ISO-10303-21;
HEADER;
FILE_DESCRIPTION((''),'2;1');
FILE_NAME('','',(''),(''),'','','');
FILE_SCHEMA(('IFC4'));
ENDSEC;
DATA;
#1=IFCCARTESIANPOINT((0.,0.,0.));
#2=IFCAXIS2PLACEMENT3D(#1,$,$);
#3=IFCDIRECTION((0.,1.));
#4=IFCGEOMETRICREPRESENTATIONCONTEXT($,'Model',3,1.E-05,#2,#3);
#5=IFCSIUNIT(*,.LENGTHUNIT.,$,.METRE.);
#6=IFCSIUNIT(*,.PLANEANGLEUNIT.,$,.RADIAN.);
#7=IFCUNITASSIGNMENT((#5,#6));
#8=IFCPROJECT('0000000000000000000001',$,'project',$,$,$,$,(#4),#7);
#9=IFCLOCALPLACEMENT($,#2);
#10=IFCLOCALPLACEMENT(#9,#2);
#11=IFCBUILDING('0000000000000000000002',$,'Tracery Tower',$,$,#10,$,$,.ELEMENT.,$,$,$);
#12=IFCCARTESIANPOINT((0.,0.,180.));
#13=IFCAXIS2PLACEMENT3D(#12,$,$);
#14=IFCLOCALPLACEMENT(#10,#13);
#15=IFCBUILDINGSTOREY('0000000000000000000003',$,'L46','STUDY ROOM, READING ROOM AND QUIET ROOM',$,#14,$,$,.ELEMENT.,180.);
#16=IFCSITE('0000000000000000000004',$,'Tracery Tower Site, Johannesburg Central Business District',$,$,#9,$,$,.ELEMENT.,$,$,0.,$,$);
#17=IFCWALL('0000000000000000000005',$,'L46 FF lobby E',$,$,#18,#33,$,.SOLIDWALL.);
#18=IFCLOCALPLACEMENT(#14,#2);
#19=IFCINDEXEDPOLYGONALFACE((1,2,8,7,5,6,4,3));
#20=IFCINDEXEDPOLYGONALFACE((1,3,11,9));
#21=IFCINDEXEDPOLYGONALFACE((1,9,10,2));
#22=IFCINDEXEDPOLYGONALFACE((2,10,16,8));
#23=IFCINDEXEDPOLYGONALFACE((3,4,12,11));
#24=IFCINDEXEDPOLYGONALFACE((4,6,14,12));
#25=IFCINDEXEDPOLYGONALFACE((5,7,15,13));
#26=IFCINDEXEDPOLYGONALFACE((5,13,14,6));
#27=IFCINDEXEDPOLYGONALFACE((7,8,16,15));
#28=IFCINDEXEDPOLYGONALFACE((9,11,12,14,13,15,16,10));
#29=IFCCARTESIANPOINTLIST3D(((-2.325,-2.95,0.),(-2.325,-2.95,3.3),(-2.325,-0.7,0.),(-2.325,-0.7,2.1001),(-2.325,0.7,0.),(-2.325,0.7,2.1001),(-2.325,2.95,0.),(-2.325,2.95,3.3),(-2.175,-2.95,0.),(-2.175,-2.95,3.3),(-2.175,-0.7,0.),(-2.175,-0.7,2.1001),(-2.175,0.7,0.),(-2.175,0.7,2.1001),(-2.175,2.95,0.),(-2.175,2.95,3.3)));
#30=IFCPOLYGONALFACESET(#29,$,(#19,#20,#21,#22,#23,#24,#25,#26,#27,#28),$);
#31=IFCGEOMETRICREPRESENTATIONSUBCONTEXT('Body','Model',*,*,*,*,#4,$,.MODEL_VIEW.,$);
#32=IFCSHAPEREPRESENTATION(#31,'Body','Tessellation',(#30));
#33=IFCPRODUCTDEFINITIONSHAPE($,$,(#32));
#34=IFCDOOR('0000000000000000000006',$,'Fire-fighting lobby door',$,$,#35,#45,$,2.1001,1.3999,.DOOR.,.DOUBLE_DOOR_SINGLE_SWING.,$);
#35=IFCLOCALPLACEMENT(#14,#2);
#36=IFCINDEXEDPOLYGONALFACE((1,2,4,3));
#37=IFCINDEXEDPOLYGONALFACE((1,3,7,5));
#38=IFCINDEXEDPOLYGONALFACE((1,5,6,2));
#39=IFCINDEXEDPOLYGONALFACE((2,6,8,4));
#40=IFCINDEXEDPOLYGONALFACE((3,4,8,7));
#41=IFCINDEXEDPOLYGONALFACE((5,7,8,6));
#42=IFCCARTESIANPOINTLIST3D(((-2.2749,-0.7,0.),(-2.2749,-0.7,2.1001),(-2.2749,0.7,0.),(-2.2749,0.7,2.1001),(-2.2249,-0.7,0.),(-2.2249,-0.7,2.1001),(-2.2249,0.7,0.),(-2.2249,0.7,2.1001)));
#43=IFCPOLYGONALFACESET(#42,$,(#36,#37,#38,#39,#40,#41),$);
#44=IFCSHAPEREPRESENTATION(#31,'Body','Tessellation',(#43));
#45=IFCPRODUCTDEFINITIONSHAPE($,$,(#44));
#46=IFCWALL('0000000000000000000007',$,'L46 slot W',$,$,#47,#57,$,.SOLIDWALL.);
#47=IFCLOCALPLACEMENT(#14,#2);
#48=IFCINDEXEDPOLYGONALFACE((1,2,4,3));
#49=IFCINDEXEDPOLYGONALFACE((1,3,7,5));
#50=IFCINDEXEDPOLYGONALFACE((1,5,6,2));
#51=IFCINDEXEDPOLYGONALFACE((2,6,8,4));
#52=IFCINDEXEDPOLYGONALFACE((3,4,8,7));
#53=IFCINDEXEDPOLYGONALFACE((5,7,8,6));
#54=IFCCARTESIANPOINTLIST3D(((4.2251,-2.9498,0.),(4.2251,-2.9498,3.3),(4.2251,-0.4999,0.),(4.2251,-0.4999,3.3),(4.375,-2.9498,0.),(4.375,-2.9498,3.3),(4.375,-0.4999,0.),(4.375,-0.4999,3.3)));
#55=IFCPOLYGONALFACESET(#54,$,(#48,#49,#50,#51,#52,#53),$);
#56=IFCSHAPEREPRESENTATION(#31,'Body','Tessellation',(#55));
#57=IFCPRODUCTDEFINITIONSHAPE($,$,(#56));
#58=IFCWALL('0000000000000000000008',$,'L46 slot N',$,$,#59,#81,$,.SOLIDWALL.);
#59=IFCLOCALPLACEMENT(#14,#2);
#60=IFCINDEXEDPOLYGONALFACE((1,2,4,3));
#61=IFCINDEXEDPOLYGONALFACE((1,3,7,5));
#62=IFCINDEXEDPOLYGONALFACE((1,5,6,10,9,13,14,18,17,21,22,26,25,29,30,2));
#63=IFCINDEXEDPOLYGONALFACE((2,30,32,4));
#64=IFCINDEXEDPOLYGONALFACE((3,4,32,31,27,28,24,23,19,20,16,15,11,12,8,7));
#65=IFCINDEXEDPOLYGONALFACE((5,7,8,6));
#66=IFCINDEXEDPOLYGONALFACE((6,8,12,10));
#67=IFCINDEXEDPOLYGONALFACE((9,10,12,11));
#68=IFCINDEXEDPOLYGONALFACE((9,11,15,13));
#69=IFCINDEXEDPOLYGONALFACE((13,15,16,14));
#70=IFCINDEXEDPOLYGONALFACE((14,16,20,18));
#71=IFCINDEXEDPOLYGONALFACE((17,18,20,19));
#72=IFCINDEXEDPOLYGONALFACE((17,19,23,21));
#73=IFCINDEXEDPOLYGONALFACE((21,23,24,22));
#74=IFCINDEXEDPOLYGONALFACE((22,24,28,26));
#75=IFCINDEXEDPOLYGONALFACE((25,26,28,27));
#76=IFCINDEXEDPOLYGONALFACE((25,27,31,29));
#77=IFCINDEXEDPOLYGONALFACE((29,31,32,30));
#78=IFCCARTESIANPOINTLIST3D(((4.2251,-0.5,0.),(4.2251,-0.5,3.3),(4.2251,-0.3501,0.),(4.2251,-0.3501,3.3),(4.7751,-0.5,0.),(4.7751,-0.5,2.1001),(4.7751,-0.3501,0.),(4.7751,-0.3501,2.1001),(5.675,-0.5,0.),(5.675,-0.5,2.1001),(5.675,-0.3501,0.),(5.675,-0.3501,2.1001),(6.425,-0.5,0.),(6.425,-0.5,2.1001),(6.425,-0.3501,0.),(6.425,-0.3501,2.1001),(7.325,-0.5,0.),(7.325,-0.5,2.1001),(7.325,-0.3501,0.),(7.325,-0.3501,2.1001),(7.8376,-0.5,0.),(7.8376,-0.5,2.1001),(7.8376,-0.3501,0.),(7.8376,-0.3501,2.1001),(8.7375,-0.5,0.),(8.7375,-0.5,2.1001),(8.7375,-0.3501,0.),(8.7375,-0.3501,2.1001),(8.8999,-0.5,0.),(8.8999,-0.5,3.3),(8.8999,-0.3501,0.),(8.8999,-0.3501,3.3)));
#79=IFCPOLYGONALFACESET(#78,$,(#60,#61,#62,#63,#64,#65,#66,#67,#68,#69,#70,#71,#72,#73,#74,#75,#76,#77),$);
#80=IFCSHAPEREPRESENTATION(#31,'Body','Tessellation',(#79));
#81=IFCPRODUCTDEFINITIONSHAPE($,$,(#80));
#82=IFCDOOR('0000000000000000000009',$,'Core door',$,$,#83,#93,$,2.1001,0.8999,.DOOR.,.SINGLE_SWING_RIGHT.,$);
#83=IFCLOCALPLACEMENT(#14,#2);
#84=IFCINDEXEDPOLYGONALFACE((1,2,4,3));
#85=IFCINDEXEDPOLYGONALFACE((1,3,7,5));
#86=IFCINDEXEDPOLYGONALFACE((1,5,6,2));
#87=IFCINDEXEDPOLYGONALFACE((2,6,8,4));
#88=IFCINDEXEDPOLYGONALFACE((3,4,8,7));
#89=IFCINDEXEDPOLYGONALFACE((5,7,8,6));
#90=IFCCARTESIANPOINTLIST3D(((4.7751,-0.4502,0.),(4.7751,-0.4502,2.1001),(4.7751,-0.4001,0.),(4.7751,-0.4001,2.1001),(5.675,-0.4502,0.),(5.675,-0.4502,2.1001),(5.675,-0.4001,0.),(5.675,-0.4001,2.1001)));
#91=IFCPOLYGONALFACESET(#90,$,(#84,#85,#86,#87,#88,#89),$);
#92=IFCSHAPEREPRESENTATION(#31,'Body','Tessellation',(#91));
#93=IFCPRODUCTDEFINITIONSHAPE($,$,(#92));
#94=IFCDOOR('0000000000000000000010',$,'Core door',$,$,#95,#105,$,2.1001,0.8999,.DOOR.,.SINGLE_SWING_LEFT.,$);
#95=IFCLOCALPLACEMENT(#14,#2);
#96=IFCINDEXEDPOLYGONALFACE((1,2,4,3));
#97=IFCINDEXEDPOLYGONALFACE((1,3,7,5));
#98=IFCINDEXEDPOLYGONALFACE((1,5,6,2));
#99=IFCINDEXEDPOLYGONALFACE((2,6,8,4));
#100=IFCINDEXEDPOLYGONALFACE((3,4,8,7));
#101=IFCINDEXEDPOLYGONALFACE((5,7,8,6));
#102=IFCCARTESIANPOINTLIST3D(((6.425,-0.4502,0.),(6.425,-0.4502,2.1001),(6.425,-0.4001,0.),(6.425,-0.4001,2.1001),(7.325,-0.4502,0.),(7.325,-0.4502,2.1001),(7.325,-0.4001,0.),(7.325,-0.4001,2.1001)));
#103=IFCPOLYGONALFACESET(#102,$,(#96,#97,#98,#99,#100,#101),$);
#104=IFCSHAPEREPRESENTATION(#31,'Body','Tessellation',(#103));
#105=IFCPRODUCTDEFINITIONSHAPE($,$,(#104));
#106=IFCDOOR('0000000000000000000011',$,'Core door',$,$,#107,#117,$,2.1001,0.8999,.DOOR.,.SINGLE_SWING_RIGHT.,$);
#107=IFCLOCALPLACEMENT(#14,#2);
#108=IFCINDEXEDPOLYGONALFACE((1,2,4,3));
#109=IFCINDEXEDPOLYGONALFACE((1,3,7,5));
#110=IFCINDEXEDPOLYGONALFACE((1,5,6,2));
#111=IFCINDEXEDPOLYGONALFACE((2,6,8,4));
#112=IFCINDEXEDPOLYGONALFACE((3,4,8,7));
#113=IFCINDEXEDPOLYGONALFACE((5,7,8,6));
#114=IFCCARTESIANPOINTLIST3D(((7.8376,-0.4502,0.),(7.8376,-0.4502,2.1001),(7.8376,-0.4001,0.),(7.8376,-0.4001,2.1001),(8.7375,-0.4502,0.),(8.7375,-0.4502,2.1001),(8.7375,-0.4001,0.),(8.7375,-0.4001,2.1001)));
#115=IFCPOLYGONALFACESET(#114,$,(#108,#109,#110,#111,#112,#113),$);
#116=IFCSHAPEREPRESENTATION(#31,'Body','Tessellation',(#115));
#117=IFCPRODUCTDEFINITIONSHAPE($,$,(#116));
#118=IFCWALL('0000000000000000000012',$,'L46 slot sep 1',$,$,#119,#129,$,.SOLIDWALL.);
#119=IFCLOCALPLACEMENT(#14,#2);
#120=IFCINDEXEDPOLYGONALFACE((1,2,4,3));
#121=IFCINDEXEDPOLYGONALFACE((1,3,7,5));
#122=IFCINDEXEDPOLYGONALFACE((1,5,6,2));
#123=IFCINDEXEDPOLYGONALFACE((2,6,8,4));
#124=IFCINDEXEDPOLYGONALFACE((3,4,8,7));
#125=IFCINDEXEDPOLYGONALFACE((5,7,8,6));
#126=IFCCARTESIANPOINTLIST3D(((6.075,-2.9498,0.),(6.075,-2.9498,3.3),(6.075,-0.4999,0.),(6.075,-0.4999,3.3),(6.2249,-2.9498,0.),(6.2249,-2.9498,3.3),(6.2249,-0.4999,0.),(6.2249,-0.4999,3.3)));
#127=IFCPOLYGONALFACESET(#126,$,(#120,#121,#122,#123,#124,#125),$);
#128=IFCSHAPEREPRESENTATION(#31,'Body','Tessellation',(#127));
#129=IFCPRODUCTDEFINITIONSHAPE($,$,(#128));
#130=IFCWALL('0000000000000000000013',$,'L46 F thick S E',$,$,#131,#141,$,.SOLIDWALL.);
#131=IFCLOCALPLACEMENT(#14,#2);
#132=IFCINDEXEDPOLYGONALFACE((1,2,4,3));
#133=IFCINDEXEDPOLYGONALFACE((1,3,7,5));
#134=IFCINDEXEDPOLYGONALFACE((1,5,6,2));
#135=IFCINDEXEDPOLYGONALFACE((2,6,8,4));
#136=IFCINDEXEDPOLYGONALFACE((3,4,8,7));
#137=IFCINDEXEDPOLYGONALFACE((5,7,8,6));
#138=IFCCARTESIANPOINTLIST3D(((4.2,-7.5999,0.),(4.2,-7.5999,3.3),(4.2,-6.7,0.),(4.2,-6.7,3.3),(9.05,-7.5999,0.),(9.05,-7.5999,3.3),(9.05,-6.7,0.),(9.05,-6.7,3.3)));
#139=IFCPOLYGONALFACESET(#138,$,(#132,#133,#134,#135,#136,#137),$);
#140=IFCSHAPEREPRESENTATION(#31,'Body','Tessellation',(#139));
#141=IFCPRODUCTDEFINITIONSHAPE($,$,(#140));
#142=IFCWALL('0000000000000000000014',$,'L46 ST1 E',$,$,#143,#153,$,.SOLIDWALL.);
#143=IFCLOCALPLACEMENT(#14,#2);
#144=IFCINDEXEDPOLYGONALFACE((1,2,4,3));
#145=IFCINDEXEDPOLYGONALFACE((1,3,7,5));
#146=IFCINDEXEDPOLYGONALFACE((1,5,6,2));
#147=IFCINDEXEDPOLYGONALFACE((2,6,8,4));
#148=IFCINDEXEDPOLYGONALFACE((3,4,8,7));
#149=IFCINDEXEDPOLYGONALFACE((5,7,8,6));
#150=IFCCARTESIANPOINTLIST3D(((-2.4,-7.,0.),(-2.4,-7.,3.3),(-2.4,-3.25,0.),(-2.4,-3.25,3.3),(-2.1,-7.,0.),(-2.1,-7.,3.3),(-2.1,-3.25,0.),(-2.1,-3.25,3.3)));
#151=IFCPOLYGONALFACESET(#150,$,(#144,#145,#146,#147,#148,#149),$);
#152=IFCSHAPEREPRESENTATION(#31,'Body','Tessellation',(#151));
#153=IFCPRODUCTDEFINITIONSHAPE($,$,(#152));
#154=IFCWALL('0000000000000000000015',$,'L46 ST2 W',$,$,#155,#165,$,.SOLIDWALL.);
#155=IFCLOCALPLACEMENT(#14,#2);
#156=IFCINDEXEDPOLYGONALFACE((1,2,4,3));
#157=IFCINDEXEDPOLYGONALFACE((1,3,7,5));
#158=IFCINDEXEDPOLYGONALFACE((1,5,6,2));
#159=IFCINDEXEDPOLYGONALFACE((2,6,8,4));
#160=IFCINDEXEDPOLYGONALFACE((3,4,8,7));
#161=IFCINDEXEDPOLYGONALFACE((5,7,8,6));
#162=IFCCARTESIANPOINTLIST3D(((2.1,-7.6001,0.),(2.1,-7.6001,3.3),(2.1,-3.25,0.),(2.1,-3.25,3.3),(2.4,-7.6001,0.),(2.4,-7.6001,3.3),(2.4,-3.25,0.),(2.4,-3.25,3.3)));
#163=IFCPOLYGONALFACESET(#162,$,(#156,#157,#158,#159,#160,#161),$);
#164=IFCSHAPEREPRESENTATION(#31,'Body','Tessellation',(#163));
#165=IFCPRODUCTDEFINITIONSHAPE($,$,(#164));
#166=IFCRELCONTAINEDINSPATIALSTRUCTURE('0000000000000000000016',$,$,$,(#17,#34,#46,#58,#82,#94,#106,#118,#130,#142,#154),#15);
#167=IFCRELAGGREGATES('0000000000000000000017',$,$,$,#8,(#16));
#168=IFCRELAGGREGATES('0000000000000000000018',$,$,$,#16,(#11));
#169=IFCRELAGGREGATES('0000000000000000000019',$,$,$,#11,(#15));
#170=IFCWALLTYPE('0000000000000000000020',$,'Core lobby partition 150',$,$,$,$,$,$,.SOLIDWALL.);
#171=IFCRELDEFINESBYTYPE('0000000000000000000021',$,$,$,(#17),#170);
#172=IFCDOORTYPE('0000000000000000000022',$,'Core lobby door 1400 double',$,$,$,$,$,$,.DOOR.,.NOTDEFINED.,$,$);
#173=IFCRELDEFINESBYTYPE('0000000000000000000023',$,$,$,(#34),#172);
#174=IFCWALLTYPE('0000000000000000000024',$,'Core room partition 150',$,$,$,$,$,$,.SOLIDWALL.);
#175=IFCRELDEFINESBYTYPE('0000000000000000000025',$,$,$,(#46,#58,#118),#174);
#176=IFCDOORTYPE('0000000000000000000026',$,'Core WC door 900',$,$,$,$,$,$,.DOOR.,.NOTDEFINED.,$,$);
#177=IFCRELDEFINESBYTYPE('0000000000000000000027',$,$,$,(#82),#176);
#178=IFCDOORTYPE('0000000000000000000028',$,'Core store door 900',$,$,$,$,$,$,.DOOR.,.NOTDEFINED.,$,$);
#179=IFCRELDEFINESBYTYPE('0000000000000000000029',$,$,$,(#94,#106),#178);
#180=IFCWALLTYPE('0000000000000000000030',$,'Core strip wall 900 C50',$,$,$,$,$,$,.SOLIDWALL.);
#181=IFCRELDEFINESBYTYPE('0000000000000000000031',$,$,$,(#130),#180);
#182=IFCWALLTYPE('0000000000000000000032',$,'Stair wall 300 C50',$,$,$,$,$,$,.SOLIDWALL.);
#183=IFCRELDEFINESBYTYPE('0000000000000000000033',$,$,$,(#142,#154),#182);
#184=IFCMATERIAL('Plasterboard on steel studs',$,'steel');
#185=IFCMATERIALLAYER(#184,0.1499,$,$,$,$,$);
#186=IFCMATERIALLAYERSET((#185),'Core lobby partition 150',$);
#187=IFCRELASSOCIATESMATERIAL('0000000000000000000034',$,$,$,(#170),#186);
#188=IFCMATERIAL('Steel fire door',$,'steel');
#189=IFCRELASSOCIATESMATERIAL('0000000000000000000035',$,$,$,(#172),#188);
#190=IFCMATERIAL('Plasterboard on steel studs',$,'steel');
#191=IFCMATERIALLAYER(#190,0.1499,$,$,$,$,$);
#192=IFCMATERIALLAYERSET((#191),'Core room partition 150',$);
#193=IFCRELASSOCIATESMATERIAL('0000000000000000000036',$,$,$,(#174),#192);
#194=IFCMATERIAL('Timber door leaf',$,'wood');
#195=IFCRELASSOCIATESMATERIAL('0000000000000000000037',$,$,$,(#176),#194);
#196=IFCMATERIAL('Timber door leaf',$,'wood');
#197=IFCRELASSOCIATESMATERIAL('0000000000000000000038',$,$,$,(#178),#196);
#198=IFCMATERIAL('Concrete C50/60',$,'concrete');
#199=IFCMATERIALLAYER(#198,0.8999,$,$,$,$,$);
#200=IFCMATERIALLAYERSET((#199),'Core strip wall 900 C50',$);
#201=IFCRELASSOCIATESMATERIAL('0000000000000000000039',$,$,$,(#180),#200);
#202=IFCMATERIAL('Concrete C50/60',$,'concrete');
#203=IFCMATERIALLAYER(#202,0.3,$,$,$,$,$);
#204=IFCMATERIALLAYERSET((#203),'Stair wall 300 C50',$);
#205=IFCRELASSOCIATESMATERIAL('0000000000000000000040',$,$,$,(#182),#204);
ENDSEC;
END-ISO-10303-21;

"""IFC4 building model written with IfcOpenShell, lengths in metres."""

from ifc_helpers import new_model, si_unit, direction, frame, frame_2d, origin, place, context, subcontext, project, spatial, rectangle, extrude, material, layer, layer_set, type_object, element, fill, save


model = new_model("IFC4")

# Units and contexts
model_context = context("Model", 3, precision=1e-05, world=origin(), true_north=direction((0.0, 1.0)))
body_context = subcontext(model_context, "Body", "Model", "MODEL_VIEW")
ifc_project = project(units=[si_unit("LENGTHUNIT", "METRE"), si_unit("PLANEANGLEUNIT", "RADIAN")], contexts=[model_context])

# Site, building, storey
site_placement = place(None, origin())
site = spatial("IfcSite", under=ifc_project, at=site_placement, Name="Tracery Tower Site, Johannesburg Central Business District", CompositionType="ELEMENT", RefElevation=0.0)
building_placement = place(site_placement, origin())
building = spatial("IfcBuilding", under=site, at=building_placement, Name="Tracery Tower", CompositionType="ELEMENT")
storey_placement = place(building_placement, frame((0.0, 0.0, 180.0)))
storey = spatial("IfcBuildingStorey", under=building, at=storey_placement, Name="L46", Description="STUDY ROOM, READING ROOM AND QUIET ROOM", CompositionType="ELEMENT", Elevation=180.0)

# Wall, opening, door
ifc_material_1 = material(Name="Plasterboard on steel studs", Category="steel")
ifc_layer_1 = layer(ifc_material_1, 0.1499)
ifc_layer_set_1 = layer_set([ifc_layer_1], Name="Core lobby partition 150")
wall_type_1 = type_object("IfcWallType", Name="Core lobby partition 150", PredefinedType="SOLIDWALL", material=ifc_layer_set_1)
wall_1_placement = place(storey_placement, frame((-2.25, -2.95, 0.0), z_axis=(0.0, 0.0, 1.0), x_axis=(0.0, 1.0, 0.0)))
wall_1 = element("IfcWall", 1, at=wall_1_placement, inside=storey, type_object=wall_type_1, Name="L46 FF lobby E", PredefinedType="SOLIDWALL", context=body_context, shape_type="SweptSolid", body=[
    extrude(rectangle(XDim=5.8999, YDim=0.1499, at=frame_2d((2.95, 0.0))), origin(), (0.0, 0.0, 1.0), 3.3),
])
opening_1_placement = place(wall_1_placement, frame((2.25, 0.0, 0.0)))
opening_1 = element("IfcOpeningElement", 2, at=opening_1_placement, cuts=wall_1, PredefinedType="OPENING", context=body_context, shape_type="SweptSolid", body=[
    extrude(rectangle(XDim=1.3999, YDim=2.1001, at=frame_2d((0.7, 1.05))), frame((0.0, 0.075, 0.0), z_axis=(0.0, -1.0, 0.0), x_axis=(1.0, 0.0, 0.0)), (0.0, 0.0, 1.0), 0.1499),
])
ifc_material_2 = material(Name="Steel fire door", Category="steel")
door_type_1 = type_object("IfcDoorType", Name="Core lobby door 1400 double", OperationType="NOTDEFINED", PredefinedType="DOOR", material=ifc_material_2)
door_1_placement = place(opening_1_placement, origin())
door_1 = element("IfcDoor", 3, at=door_1_placement, inside=storey, type_object=door_type_1, Name="Fire-fighting lobby door", OperationType="DOUBLE_DOOR_SINGLE_SWING", OverallHeight=2.1001, OverallWidth=1.3999, PredefinedType="DOOR", context=body_context, shape_type="SweptSolid", body=[
    extrude(rectangle(XDim=1.3999, YDim=2.1001, at=frame_2d((0.7, 1.05))), frame((0.0, 0.0249, 0.0), z_axis=(0.0, -1.0, 0.0), x_axis=(1.0, 0.0, 0.0)), (0.0, 0.0, 1.0), 0.05),
])
fill(opening_1, door_1)

# Wall
ifc_material_3 = material(Name="Plasterboard on steel studs", Category="steel")
ifc_layer_2 = layer(ifc_material_3, 0.1499)
ifc_layer_set_2 = layer_set([ifc_layer_2], Name="Core room partition 150")
wall_type_2 = type_object("IfcWallType", Name="Core room partition 150", PredefinedType="SOLIDWALL", material=ifc_layer_set_2)
wall_2_placement = place(storey_placement, frame((4.3, -2.95, 0.0), z_axis=(0.0, 0.0, 1.0), x_axis=(0.0, 1.0, 0.0)))
element("IfcWall", 4, at=wall_2_placement, inside=storey, type_object=wall_type_2, Name="L46 slot W", PredefinedType="SOLIDWALL", context=body_context, shape_type="SweptSolid", body=[
    extrude(rectangle(XDim=2.45, YDim=0.1499, at=frame_2d((1.2251, 0.0))), origin(), (0.0, 0.0, 1.0), 3.3),
])

# Wall, openings, doors
wall_3_placement = place(storey_placement, frame((4.2251, -0.425, 0.0), z_axis=(0.0, 0.0, 1.0), x_axis=(1.0, 0.0, 0.0)))
wall_3 = element("IfcWall", 5, at=wall_3_placement, inside=storey, type_object=wall_type_2, Name="L46 slot N", PredefinedType="SOLIDWALL", context=body_context, shape_type="SweptSolid", body=[
    extrude(rectangle(XDim=4.6748, YDim=0.1499, at=frame_2d((2.3374, 0.0))), origin(), (0.0, 0.0, 1.0), 3.3),
])
opening_2_placement = place(wall_3_placement, frame((0.55, 0.0, 0.0)))
opening_2 = element("IfcOpeningElement", 6, at=opening_2_placement, cuts=wall_3, PredefinedType="OPENING", context=body_context, shape_type="SweptSolid", body=[
    extrude(rectangle(XDim=0.8999, YDim=2.1001, at=frame_2d((0.45, 1.05))), frame((0.0, 0.075, 0.0), z_axis=(0.0, -1.0, 0.0), x_axis=(1.0, 0.0, 0.0)), (0.0, 0.0, 1.0), 0.1499),
])
opening_3_placement = place(wall_3_placement, frame((2.2, 0.0, 0.0)))
opening_3 = element("IfcOpeningElement", 7, at=opening_3_placement, cuts=wall_3, PredefinedType="OPENING", context=body_context, shape_type="SweptSolid", body=[
    extrude(rectangle(XDim=0.8999, YDim=2.1001, at=frame_2d((0.45, 1.05))), frame((0.0, 0.075, 0.0), z_axis=(0.0, -1.0, 0.0), x_axis=(1.0, 0.0, 0.0)), (0.0, 0.0, 1.0), 0.1499),
])
opening_4_placement = place(wall_3_placement, frame((3.6125, 0.0, 0.0)))
opening_4 = element("IfcOpeningElement", 8, at=opening_4_placement, cuts=wall_3, PredefinedType="OPENING", context=body_context, shape_type="SweptSolid", body=[
    extrude(rectangle(XDim=0.8999, YDim=2.1001, at=frame_2d((0.45, 1.05))), frame((0.0, 0.075, 0.0), z_axis=(0.0, -1.0, 0.0), x_axis=(1.0, 0.0, 0.0)), (0.0, 0.0, 1.0), 0.1499),
])
ifc_material_4 = material(Name="Timber door leaf", Category="wood")
door_type_2 = type_object("IfcDoorType", Name="Core WC door 900", OperationType="NOTDEFINED", PredefinedType="DOOR", material=ifc_material_4)
door_2_placement = place(opening_2_placement, origin())
door_2 = element("IfcDoor", 9, at=door_2_placement, inside=storey, type_object=door_type_2, Name="Core door", OperationType="SINGLE_SWING_RIGHT", OverallHeight=2.1001, OverallWidth=0.8999, PredefinedType="DOOR", context=body_context, shape_type="SweptSolid", body=[
    extrude(rectangle(XDim=0.8999, YDim=2.1001, at=frame_2d((0.45, 1.05))), frame((0.0, 0.0249, 0.0), z_axis=(0.0, -1.0, 0.0), x_axis=(1.0, 0.0, 0.0)), (0.0, 0.0, 1.0), 0.05),
])
fill(opening_2, door_2)
ifc_material_5 = material(Name="Timber door leaf", Category="wood")
door_type_3 = type_object("IfcDoorType", Name="Core store door 900", OperationType="NOTDEFINED", PredefinedType="DOOR", material=ifc_material_5)
door_3_placement = place(opening_3_placement, origin())
door_3 = element("IfcDoor", 10, at=door_3_placement, inside=storey, type_object=door_type_3, Name="Core door", OperationType="SINGLE_SWING_LEFT", OverallHeight=2.1001, OverallWidth=0.8999, PredefinedType="DOOR", context=body_context, shape_type="SweptSolid", body=[
    extrude(rectangle(XDim=0.8999, YDim=2.1001, at=frame_2d((0.45, 1.05))), frame((0.0, 0.0249, 0.0), z_axis=(0.0, -1.0, 0.0), x_axis=(1.0, 0.0, 0.0)), (0.0, 0.0, 1.0), 0.05),
])
fill(opening_3, door_3)
door_4_placement = place(opening_4_placement, origin())
door_4 = element("IfcDoor", 11, at=door_4_placement, inside=storey, type_object=door_type_3, Name="Core door", OperationType="SINGLE_SWING_RIGHT", OverallHeight=2.1001, OverallWidth=0.8999, PredefinedType="DOOR", context=body_context, shape_type="SweptSolid", body=[
    extrude(rectangle(XDim=0.8999, YDim=2.1001, at=frame_2d((0.45, 1.05))), frame((0.0, 0.0249, 0.0), z_axis=(0.0, -1.0, 0.0), x_axis=(1.0, 0.0, 0.0)), (0.0, 0.0, 1.0), 0.05),
])
fill(opening_4, door_4)

# Walls
wall_4_placement = place(storey_placement, frame((6.1499, -2.95, 0.0), z_axis=(0.0, 0.0, 1.0), x_axis=(0.0, 1.0, 0.0)))
element("IfcWall", 12, at=wall_4_placement, inside=storey, type_object=wall_type_2, Name="L46 slot sep 1", PredefinedType="SOLIDWALL", context=body_context, shape_type="SweptSolid", body=[
    extrude(rectangle(XDim=2.45, YDim=0.1499, at=frame_2d((1.2251, 0.0))), origin(), (0.0, 0.0, 1.0), 3.3),
])
ifc_material_6 = material(Name="Concrete C50/60", Category="concrete")
ifc_layer_3 = layer(ifc_material_6, 0.8999)
ifc_layer_set_3 = layer_set([ifc_layer_3], Name="Core strip wall 900 C50")
wall_type_3 = type_object("IfcWallType", Name="Core strip wall 900 C50", PredefinedType="SOLIDWALL", material=ifc_layer_set_3)
wall_5_placement = place(storey_placement, frame((4.2, -7.1499, 0.0), z_axis=(0.0, 0.0, 1.0), x_axis=(1.0, 0.0, 0.0)))
element("IfcWall", 13, at=wall_5_placement, inside=storey, type_object=wall_type_3, Name="L46 F thick S E", PredefinedType="SOLIDWALL", context=body_context, shape_type="SweptSolid", body=[
    extrude(rectangle(XDim=4.8501, YDim=0.8999, at=frame_2d((2.425, 0.0))), origin(), (0.0, 0.0, 1.0), 3.3),
])

# Shared definitions
ifc_material_7 = material(Name="Concrete C50/60", Category="concrete")
ifc_layer_4 = layer(ifc_material_7, 0.3)
ifc_layer_set_4 = layer_set([ifc_layer_4], Name="Stair wall 300 C50")
wall_type_4 = type_object("IfcWallType", Name="Stair wall 300 C50", PredefinedType="SOLIDWALL", material=ifc_layer_set_4)

# Walls
wall_6_placement = place(storey_placement, frame((-2.25, -7.0, 0.0), z_axis=(0.0, 0.0, 1.0), x_axis=(0.0, 1.0, 0.0)))
element("IfcWall", 14, at=wall_6_placement, inside=storey, type_object=wall_type_4, Name="L46 ST1 E", PredefinedType="SOLIDWALL", context=body_context, shape_type="SweptSolid", body=[
    extrude(rectangle(XDim=3.75, YDim=0.3, at=frame_2d((1.875, 0.0))), origin(), (0.0, 0.0, 1.0), 3.3),
])
wall_7_placement = place(storey_placement, frame((2.25, -7.6001, 0.0), z_axis=(0.0, 0.0, 1.0), x_axis=(0.0, 1.0, 0.0)))
element("IfcWall", 15, at=wall_7_placement, inside=storey, type_object=wall_type_4, Name="L46 ST2 W", PredefinedType="SOLIDWALL", context=body_context, shape_type="SweptSolid", body=[
    extrude(rectangle(XDim=4.3501, YDim=0.3, at=frame_2d((2.175, 0.0))), origin(), (0.0, 0.0, 1.0), 3.3),
])

save(model, "model.ifc")
